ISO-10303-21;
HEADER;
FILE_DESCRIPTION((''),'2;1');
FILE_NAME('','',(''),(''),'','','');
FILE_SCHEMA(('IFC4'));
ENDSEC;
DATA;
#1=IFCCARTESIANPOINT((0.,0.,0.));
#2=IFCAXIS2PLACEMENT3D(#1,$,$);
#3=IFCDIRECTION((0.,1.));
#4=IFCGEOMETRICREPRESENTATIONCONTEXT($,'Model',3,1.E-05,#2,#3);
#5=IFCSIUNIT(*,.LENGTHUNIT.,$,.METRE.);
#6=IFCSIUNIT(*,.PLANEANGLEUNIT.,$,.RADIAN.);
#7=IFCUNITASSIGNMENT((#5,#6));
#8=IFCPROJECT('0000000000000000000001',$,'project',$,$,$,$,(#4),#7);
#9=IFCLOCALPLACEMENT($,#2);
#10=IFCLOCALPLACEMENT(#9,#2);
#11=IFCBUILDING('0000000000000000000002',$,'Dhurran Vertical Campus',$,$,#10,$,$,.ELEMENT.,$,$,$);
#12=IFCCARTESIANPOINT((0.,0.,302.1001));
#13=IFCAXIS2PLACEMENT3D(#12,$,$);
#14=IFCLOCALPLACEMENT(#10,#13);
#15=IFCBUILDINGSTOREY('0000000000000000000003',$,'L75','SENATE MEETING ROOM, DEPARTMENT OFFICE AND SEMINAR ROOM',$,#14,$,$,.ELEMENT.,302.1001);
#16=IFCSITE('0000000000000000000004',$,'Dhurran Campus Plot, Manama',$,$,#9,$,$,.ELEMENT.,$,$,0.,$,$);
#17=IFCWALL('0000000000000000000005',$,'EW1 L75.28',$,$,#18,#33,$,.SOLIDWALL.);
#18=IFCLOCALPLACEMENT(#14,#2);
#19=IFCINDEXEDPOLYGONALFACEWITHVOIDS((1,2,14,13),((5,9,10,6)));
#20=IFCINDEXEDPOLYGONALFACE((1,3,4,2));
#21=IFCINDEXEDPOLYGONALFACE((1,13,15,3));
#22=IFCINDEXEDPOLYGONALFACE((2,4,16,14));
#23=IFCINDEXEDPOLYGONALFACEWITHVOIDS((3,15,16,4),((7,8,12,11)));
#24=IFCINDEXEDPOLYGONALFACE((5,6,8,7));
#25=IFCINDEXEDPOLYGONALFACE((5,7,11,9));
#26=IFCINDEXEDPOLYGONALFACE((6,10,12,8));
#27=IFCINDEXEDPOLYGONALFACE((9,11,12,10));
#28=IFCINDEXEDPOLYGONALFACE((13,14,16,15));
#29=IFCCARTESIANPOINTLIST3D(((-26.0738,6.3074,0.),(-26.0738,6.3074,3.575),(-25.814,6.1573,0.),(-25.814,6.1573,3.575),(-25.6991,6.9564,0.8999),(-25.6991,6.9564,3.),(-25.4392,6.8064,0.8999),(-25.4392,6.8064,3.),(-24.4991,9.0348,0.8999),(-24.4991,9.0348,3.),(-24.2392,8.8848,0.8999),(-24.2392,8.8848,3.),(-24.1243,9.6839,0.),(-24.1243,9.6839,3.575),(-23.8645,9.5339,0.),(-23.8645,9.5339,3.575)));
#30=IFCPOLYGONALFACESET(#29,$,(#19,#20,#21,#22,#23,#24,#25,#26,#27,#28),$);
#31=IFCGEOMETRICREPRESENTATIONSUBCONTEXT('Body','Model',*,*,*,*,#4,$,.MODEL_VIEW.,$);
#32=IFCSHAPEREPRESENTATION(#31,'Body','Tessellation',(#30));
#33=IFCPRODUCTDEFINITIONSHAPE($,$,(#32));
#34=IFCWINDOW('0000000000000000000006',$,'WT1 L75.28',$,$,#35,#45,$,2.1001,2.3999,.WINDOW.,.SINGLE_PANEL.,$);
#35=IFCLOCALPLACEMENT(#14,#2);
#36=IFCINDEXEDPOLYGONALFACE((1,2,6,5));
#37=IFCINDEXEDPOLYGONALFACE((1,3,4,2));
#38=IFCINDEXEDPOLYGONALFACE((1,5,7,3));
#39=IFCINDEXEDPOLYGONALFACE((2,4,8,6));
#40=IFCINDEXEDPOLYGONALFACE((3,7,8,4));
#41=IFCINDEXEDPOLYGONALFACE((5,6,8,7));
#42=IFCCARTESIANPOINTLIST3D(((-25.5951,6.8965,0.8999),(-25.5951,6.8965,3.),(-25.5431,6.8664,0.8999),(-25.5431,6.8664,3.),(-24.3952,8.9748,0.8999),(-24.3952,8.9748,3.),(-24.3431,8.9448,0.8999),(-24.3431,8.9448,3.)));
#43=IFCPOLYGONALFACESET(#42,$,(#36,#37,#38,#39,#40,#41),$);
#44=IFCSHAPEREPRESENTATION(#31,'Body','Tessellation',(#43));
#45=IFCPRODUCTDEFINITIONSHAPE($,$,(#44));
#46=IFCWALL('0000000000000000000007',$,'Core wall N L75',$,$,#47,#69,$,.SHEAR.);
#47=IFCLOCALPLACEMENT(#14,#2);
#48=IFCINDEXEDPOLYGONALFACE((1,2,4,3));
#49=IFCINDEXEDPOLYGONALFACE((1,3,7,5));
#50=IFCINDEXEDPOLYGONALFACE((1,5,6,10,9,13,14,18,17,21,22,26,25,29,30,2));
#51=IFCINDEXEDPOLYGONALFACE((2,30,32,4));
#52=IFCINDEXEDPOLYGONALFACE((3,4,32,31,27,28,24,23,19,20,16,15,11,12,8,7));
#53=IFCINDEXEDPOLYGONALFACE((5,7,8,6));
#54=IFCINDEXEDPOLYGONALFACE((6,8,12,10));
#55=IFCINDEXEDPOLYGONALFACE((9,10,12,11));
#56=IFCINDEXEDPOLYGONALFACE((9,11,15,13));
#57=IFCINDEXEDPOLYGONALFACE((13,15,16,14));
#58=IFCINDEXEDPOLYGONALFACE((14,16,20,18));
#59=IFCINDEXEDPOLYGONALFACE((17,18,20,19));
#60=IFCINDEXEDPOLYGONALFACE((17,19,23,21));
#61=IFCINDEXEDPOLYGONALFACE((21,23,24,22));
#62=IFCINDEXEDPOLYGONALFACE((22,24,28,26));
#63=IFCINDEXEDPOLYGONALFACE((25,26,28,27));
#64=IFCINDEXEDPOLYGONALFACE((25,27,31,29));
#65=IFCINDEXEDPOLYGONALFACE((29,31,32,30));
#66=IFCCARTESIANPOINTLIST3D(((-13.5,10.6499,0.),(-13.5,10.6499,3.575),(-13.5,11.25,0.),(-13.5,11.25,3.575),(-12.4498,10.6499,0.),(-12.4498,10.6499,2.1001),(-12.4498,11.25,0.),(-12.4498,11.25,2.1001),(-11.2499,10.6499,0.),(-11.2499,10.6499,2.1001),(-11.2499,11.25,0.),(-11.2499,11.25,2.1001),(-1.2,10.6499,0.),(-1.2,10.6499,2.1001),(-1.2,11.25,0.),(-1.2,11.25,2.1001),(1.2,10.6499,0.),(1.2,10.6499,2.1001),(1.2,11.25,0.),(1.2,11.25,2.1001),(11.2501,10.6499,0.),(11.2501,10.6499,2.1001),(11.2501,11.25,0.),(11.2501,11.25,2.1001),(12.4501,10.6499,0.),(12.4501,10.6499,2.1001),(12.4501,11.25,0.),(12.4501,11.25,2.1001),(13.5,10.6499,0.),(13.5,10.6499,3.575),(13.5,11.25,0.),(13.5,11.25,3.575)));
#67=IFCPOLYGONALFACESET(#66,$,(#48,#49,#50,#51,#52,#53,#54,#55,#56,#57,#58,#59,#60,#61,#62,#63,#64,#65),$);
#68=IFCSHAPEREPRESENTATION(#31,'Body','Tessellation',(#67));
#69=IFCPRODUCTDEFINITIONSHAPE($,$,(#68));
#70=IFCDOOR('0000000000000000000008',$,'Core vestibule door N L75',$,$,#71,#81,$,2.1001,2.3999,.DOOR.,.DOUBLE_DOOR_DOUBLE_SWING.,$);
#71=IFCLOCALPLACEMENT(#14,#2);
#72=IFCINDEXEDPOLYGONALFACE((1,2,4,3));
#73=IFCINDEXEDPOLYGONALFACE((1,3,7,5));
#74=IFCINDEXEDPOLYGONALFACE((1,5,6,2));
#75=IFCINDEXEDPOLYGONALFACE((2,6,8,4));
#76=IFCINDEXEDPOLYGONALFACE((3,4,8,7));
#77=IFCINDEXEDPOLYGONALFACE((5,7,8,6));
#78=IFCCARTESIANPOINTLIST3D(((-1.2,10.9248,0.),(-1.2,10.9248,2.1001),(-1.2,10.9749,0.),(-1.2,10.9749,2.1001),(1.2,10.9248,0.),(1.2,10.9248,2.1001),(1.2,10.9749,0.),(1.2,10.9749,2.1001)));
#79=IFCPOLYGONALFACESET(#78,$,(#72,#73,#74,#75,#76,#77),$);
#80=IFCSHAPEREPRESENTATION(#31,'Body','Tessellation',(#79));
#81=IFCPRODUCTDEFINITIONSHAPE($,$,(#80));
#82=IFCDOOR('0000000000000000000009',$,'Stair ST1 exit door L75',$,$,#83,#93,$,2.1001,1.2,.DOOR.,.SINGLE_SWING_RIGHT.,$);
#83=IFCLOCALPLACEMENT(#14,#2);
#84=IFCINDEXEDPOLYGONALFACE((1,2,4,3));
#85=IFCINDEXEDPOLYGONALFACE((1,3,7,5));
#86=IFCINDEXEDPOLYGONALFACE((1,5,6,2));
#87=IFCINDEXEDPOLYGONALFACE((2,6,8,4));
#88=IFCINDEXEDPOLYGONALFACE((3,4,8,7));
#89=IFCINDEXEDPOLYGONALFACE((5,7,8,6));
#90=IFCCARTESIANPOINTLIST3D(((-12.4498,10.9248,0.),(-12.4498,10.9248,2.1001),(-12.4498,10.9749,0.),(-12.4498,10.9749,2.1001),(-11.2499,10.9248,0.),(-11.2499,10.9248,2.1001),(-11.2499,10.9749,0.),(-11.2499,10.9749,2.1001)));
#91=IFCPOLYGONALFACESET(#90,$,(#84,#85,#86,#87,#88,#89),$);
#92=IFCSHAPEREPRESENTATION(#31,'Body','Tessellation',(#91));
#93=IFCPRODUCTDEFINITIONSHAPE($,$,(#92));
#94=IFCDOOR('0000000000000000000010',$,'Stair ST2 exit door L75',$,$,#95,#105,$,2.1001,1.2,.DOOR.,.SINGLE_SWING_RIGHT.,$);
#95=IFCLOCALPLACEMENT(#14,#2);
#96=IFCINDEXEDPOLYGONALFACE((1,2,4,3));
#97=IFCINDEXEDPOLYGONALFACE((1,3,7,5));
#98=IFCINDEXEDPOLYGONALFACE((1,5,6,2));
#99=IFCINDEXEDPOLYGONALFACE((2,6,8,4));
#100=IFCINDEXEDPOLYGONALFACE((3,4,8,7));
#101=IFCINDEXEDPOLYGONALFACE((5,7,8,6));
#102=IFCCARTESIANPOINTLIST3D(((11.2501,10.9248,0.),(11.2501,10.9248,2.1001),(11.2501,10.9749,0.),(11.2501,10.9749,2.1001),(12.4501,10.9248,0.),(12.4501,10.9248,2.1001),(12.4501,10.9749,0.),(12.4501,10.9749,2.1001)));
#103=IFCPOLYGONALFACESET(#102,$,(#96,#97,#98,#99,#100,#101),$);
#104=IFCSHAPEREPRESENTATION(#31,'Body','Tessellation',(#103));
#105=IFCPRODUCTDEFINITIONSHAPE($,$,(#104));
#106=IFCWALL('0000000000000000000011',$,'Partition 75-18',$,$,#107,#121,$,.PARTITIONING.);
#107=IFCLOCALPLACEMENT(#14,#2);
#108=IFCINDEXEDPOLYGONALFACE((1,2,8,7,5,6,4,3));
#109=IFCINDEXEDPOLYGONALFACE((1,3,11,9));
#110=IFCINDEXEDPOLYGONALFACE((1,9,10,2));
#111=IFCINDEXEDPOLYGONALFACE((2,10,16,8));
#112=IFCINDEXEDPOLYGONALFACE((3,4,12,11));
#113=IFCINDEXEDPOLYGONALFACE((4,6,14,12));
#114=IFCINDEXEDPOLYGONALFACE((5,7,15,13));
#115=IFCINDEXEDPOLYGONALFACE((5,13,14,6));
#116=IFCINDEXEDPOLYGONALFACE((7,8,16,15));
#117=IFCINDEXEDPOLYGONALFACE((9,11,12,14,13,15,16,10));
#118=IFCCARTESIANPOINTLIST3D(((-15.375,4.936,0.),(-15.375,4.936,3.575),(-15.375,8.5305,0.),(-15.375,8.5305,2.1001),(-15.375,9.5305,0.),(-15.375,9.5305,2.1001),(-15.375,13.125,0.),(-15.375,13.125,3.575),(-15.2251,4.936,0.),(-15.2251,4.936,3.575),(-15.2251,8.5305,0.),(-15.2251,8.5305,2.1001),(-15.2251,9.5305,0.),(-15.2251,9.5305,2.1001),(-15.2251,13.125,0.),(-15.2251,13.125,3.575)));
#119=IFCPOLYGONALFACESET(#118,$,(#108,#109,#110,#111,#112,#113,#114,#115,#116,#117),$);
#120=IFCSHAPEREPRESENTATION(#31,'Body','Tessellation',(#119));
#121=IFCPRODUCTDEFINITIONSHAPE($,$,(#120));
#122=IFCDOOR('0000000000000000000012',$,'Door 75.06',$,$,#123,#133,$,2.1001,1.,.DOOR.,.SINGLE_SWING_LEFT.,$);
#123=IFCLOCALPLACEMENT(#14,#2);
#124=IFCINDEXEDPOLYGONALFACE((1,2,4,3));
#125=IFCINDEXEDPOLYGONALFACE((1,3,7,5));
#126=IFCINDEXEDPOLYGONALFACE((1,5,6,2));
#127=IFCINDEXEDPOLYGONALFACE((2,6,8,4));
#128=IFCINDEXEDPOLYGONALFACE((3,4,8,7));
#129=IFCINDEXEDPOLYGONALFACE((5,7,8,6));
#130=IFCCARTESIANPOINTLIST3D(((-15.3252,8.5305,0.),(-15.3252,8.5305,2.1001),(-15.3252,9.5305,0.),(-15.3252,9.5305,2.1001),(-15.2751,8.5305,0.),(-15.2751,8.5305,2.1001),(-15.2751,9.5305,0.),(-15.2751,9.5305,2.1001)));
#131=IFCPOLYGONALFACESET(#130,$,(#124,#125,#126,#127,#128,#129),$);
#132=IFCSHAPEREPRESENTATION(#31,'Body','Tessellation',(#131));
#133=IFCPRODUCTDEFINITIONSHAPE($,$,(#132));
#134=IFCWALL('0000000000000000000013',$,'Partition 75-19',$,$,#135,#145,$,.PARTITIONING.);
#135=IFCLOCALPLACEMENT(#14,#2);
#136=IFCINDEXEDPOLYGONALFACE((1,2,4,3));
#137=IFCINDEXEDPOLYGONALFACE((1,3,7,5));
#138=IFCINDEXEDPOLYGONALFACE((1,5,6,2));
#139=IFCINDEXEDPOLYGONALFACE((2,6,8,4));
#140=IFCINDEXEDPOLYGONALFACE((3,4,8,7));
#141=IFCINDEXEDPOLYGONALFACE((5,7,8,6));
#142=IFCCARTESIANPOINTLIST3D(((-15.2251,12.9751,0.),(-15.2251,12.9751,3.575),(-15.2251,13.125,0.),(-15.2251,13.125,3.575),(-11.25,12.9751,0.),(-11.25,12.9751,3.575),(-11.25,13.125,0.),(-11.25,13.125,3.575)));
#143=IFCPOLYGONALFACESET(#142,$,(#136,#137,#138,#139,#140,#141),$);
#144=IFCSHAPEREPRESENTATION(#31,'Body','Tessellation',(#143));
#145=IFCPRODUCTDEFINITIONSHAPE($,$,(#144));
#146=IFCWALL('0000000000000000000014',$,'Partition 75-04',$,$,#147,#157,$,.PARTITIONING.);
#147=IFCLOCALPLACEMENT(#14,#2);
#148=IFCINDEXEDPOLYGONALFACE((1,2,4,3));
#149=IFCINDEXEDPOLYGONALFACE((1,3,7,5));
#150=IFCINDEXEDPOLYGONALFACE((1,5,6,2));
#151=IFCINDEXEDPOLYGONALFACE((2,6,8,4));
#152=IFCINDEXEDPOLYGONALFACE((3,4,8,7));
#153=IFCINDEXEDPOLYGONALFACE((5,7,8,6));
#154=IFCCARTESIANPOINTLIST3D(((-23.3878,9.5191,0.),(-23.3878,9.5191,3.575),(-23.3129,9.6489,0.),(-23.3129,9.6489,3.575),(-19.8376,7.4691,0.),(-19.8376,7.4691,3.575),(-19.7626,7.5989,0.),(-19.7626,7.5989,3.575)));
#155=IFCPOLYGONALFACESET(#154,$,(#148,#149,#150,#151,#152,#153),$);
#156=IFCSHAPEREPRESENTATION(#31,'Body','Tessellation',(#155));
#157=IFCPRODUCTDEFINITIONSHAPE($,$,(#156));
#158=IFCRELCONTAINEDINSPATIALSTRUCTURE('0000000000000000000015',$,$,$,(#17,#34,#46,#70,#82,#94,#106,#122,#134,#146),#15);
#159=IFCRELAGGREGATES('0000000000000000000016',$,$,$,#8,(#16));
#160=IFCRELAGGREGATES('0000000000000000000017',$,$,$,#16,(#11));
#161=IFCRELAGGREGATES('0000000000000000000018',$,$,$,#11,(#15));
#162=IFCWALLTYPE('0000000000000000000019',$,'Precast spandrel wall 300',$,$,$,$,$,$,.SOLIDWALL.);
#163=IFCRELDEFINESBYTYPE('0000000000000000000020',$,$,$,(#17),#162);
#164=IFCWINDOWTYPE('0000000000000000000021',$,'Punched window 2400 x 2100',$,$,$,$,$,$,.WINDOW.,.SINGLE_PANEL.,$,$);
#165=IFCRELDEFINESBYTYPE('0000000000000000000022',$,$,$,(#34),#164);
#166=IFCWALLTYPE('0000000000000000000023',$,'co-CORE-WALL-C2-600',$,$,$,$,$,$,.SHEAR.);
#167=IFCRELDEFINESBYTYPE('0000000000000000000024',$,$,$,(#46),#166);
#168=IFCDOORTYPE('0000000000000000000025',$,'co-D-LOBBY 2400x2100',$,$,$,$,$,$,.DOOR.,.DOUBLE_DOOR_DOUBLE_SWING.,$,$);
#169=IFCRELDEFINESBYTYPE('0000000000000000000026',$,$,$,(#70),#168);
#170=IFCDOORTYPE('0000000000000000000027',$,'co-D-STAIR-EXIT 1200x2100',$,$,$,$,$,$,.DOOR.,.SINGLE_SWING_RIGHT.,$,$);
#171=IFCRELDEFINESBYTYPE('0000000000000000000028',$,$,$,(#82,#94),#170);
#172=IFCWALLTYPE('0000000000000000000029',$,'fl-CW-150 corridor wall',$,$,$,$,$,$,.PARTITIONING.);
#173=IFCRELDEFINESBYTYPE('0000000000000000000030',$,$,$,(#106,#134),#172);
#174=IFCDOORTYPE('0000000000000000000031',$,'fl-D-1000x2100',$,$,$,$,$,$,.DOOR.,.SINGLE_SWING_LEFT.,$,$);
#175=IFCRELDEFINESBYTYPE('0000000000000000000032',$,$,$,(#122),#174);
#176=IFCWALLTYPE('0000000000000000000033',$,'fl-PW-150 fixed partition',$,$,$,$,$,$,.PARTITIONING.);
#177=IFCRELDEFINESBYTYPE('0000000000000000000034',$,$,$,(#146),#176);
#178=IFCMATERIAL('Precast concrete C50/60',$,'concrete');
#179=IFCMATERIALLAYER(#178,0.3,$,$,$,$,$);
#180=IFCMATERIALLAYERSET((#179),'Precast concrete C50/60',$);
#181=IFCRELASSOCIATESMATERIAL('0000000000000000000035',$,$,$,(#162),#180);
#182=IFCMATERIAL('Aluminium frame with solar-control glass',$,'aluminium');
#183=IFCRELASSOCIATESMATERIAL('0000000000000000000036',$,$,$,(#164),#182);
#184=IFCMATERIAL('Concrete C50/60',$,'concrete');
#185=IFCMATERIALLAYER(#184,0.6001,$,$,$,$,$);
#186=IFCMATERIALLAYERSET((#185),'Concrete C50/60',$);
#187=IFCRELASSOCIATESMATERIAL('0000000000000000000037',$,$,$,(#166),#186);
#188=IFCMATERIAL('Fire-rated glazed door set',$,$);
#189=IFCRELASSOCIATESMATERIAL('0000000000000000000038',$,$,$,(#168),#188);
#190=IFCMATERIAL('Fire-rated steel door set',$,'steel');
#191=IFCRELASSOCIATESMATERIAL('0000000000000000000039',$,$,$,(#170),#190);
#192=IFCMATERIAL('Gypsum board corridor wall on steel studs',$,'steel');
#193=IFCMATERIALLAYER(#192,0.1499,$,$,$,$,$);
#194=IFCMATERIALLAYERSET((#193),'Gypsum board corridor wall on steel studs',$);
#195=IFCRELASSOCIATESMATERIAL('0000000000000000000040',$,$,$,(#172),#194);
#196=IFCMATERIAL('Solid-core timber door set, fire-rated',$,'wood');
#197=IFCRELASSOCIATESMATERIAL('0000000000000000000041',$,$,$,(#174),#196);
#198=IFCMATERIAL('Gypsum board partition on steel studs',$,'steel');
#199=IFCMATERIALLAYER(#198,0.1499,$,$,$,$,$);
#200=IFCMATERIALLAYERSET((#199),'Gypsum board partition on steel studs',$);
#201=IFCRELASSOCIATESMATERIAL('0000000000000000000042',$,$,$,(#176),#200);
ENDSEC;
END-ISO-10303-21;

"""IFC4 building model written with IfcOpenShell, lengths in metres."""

from ifc_helpers import new_model, si_unit, direction, frame, frame_2d, origin, place, context, subcontext, project, spatial, rectangle, extrude, material, layer, layer_set, type_object, element, fill, save


model = new_model("IFC4")

# Units and contexts
model_context = context("Model", 3, precision=1e-05, world=origin(), true_north=direction((0.0, 1.0)))
body_context = subcontext(model_context, "Body", "Model", "MODEL_VIEW")
ifc_project = project(units=[si_unit("LENGTHUNIT", "METRE"), si_unit("PLANEANGLEUNIT", "RADIAN")], contexts=[model_context])

# Site, building, storey
site_placement = place(None, origin())
site = spatial("IfcSite", under=ifc_project, at=site_placement, Name="Dhurran Campus Plot, Manama", CompositionType="ELEMENT", RefElevation=0.0)
building_placement = place(site_placement, origin())
building = spatial("IfcBuilding", under=site, at=building_placement, Name="Dhurran Vertical Campus", CompositionType="ELEMENT")
storey_placement = place(building_placement, frame((0.0, 0.0, 302.1001)))
storey = spatial("IfcBuildingStorey", under=building, at=storey_placement, Name="L75", Description="SENATE MEETING ROOM, DEPARTMENT OFFICE AND SEMINAR ROOM", CompositionType="ELEMENT", Elevation=302.1001)

# Wall, opening, window
ifc_material_1 = material(Name="Precast concrete C50/60", Category="concrete")
ifc_layer_1 = layer(ifc_material_1, 0.3)
ifc_layer_set_1 = layer_set([ifc_layer_1], Name="Precast concrete C50/60")
wall_type_1 = type_object("IfcWallType", Name="Precast spandrel wall 300", PredefinedType="SOLIDWALL", material=ifc_layer_set_1)
ifc_material_2 = material(Name="Aluminium frame with solar-control glass", Category="aluminium")
window_type = type_object("IfcWindowType", Name="Punched window 2400 x 2100", PartitioningType="SINGLE_PANEL", PredefinedType="WINDOW", material=ifc_material_2)
wall_1_placement = place(storey_placement, frame((-23.9944, 9.6089, 0.0), z_axis=(0.0, 0.0, 1.0), x_axis=(-0.500012, -0.866019, 0.0)))
wall_1 = element("IfcWall", 1, at=wall_1_placement, inside=storey, type_object=wall_type_1, Name="EW1 L75.28", PredefinedType="SOLIDWALL", context=body_context, shape_type="SweptSolid", body=[
    extrude(rectangle(XDim=3.8989, YDim=0.3, at=frame_2d((1.9495, 0.0))), origin(), (0.0, 0.0, 1.0), 3.575),
])
opening_1_placement = place(wall_1_placement, frame((0.7495, 0.0, 0.8999)))
opening_1 = element("IfcOpeningElement", 2, at=opening_1_placement, cuts=wall_1, PredefinedType="OPENING", context=body_context, shape_type="SweptSolid", body=[
    extrude(rectangle(XDim=2.3999, YDim=2.1001, at=frame_2d((1.2, 1.05))), frame((0.0, 0.1599, 0.0), z_axis=(0.0, -1.0, 0.0), x_axis=(1.0, 0.0, 0.0)), (0.0, 0.0, 1.0), 0.3201),
])
window_1_placement = place(opening_1_placement, origin())
window_1 = element("IfcWindow", 3, at=window_1_placement, inside=storey, type_object=window_type, Name="WT1 L75.28", OverallHeight=2.1001, OverallWidth=2.3999, PartitioningType="SINGLE_PANEL", PredefinedType="WINDOW", context=body_context, shape_type="SweptSolid", body=[
    extrude(rectangle(XDim=2.3999, YDim=2.1001, at=frame_2d((1.2, 1.05))), frame((0.0, 0.03, 0.0), z_axis=(0.0, -1.0, 0.0), x_axis=(1.0, 0.0, 0.0)), (0.0, 0.0, 1.0), 0.0601),
])
fill(opening_1, window_1)

# Wall, openings, doors
ifc_material_3 = material(Name="Concrete C50/60", Category="concrete")
ifc_layer_2 = layer(ifc_material_3, 0.6001)
ifc_layer_set_2 = layer_set([ifc_layer_2], Name="Concrete C50/60")
wall_type_2 = type_object("IfcWallType", Name="co-CORE-WALL-C2-600", PredefinedType="SHEAR", material=ifc_layer_set_2)
wall_2_placement = place(storey_placement, frame((-13.5, 10.95, 0.0), z_axis=(0.0, 0.0, 1.0), x_axis=(1.0, 0.0, 0.0)))
wall_2 = element("IfcWall", 4, at=wall_2_placement, inside=storey, type_object=wall_type_2, Name="Core wall N L75", PredefinedType="SHEAR", context=body_context, shape_type="SweptSolid", body=[
    extrude(rectangle(XDim=27.0, YDim=0.6001, at=frame_2d((13.5, 0.0))), origin(), (0.0, 0.0, 1.0), 3.575),
])
opening_2_placement = place(wall_2_placement, frame((12.3, 0.0, 0.0)))
opening_2 = element("IfcOpeningElement", 5, at=opening_2_placement, cuts=wall_2, PredefinedType="OPENING", context=body_context, shape_type="SweptSolid", body=[
    extrude(rectangle(XDim=2.3999, YDim=2.1001, at=frame_2d((1.2, 1.05))), frame((0.0, 0.3101, 0.0), z_axis=(0.0, -1.0, 0.0), x_axis=(1.0, 0.0, 0.0)), (0.0, 0.0, 1.0), 0.6201),
])
opening_3_placement = place(wall_2_placement, frame((1.05, 0.0, 0.0)))
opening_3 = element("IfcOpeningElement", 6, at=opening_3_placement, cuts=wall_2, PredefinedType="OPENING", context=body_context, shape_type="SweptSolid", body=[
    extrude(rectangle(XDim=1.2, YDim=2.1001, at=frame_2d((0.6001, 1.05))), frame((0.0, 0.3101, 0.0), z_axis=(0.0, -1.0, 0.0), x_axis=(1.0, 0.0, 0.0)), (0.0, 0.0, 1.0), 0.6201),
])
opening_4_placement = place(wall_2_placement, frame((24.75, 0.0, 0.0)))
opening_4 = element("IfcOpeningElement", 7, at=opening_4_placement, cuts=wall_2, PredefinedType="OPENING", context=body_context, shape_type="SweptSolid", body=[
    extrude(rectangle(XDim=1.2, YDim=2.1001, at=frame_2d((0.6001, 1.05))), frame((0.0, 0.3101, 0.0), z_axis=(0.0, -1.0, 0.0), x_axis=(1.0, 0.0, 0.0)), (0.0, 0.0, 1.0), 0.6201),
])
ifc_material_4 = material(Name="Fire-rated glazed door set")
door_type_1 = type_object("IfcDoorType", Name="co-D-LOBBY 2400x2100", OperationType="DOUBLE_DOOR_DOUBLE_SWING", PredefinedType="DOOR", material=ifc_material_4)
door_1_placement = place(opening_2_placement, origin())
door_1 = element("IfcDoor", 8, at=door_1_placement, inside=storey, type_object=door_type_1, Name="Core vestibule door N L75", OperationType="DOUBLE_DOOR_DOUBLE_SWING", OverallHeight=2.1001, OverallWidth=2.3999, PredefinedType="DOOR", context=body_context, shape_type="SweptSolid", body=[
    extrude(rectangle(XDim=2.3999, YDim=2.1001, at=frame_2d((1.2, 1.05))), frame((0.0, 0.0249, 0.0), z_axis=(0.0, -1.0, 0.0), x_axis=(1.0, 0.0, 0.0)), (0.0, 0.0, 1.0), 0.05),
])
fill(opening_2, door_1)
ifc_material_5 = material(Name="Fire-rated steel door set", Category="steel")
door_type_2 = type_object("IfcDoorType", Name="co-D-STAIR-EXIT 1200x2100", OperationType="SINGLE_SWING_RIGHT", PredefinedType="DOOR", material=ifc_material_5)
door_2_placement = place(opening_3_placement, origin())
door_2 = element("IfcDoor", 9, at=door_2_placement, inside=storey, type_object=door_type_2, Name="Stair ST1 exit door L75", OperationType="SINGLE_SWING_RIGHT", OverallHeight=2.1001, OverallWidth=1.2, PredefinedType="DOOR", context=body_context, shape_type="SweptSolid", body=[
    extrude(rectangle(XDim=1.2, YDim=2.1001, at=frame_2d((0.6001, 1.05))), frame((0.0, 0.0249, 0.0), z_axis=(0.0, -1.0, 0.0), x_axis=(1.0, 0.0, 0.0)), (0.0, 0.0, 1.0), 0.05),
])
fill(opening_3, door_2)
door_3_placement = place(opening_4_placement, origin())
door_3 = element("IfcDoor", 10, at=door_3_placement, inside=storey, type_object=door_type_2, Name="Stair ST2 exit door L75", OperationType="SINGLE_SWING_RIGHT", OverallHeight=2.1001, OverallWidth=1.2, PredefinedType="DOOR", context=body_context, shape_type="SweptSolid", body=[
    extrude(rectangle(XDim=1.2, YDim=2.1001, at=frame_2d((0.6001, 1.05))), frame((0.0, 0.0249, 0.0), z_axis=(0.0, -1.0, 0.0), x_axis=(1.0, 0.0, 0.0)), (0.0, 0.0, 1.0), 0.05),
])
fill(opening_4, door_3)

# Wall, opening, door
ifc_material_6 = material(Name="Gypsum board corridor wall on steel studs", Category="steel")
ifc_layer_3 = layer(ifc_material_6, 0.1499)
ifc_layer_set_3 = layer_set([ifc_layer_3], Name="Gypsum board corridor wall on steel studs")
wall_type_3 = type_object("IfcWallType", Name="fl-CW-150 corridor wall", PredefinedType="PARTITIONING", material=ifc_layer_set_3)
wall_3_placement = place(storey_placement, frame((-15.3, 13.125, 0.0), z_axis=(0.0, 0.0, 1.0), x_axis=(0.0, -1.0, 0.0)))
wall_3 = element("IfcWall", 11, at=wall_3_placement, inside=storey, type_object=wall_type_3, Name="Partition 75-18", PredefinedType="PARTITIONING", context=body_context, shape_type="SweptSolid", body=[
    extrude(rectangle(XDim=8.189, YDim=0.1499, at=frame_2d((4.0945, 0.0))), origin(), (0.0, 0.0, 1.0), 3.575),
])
opening_5_placement = place(wall_3_placement, frame((3.5945, 0.0, 0.0)))
opening_5 = element("IfcOpeningElement", 12, at=opening_5_placement, cuts=wall_3, PredefinedType="OPENING", context=body_context, shape_type="SweptSolid", body=[
    extrude(rectangle(XDim=1.0, YDim=2.1001, at=frame_2d((0.5, 1.05))), frame((0.0, 0.085, 0.0), z_axis=(0.0, -1.0, 0.0), x_axis=(1.0, 0.0, 0.0)), (0.0, 0.0, 1.0), 0.1699),
])
ifc_material_7 = material(Name="Solid-core timber door set, fire-rated", Category="wood")
door_type_3 = type_object("IfcDoorType", Name="fl-D-1000x2100", OperationType="SINGLE_SWING_LEFT", PredefinedType="DOOR", material=ifc_material_7)
door_4_placement = place(opening_5_placement, origin())
door_4 = element("IfcDoor", 13, at=door_4_placement, inside=storey, type_object=door_type_3, Name="Door 75.06", OperationType="SINGLE_SWING_LEFT", OverallHeight=2.1001, OverallWidth=1.0, PredefinedType="DOOR", context=body_context, shape_type="SweptSolid", body=[
    extrude(rectangle(XDim=1.0, YDim=2.1001, at=frame_2d((0.5, 1.05))), frame((0.0, 0.0249, 0.0), z_axis=(0.0, -1.0, 0.0), x_axis=(1.0, 0.0, 0.0)), (0.0, 0.0, 1.0), 0.05),
])
fill(opening_5, door_4)

# Walls
wall_4_placement = place(storey_placement, frame((-11.25, 13.05, 0.0), z_axis=(0.0, 0.0, 1.0), x_axis=(-1.0, 0.0, 0.0)))
element("IfcWall", 14, at=wall_4_placement, inside=storey, type_object=wall_type_3, Name="Partition 75-19", PredefinedType="PARTITIONING", context=body_context, shape_type="SweptSolid", body=[
    extrude(rectangle(XDim=3.9751, YDim=0.1499, at=frame_2d((1.9875, 0.0))), origin(), (0.0, 0.0, 1.0), 3.575),
])
ifc_material_8 = material(Name="Gypsum board partition on steel studs", Category="steel")
ifc_layer_4 = layer(ifc_material_8, 0.1499)
ifc_layer_set_4 = layer_set([ifc_layer_4], Name="Gypsum board partition on steel studs")
wall_type_4 = type_object("IfcWallType", Name="fl-PW-150 fixed partition", PredefinedType="PARTITIONING", material=ifc_layer_set_4)
wall_5_placement = place(storey_placement, frame((-23.3503, 9.584, 0.0), z_axis=(0.0, 0.0, 1.0), x_axis=(0.865995, -0.500052, 0.0)))
element("IfcWall", 15, at=wall_5_placement, inside=storey, type_object=wall_type_4, Name="Partition 75-04", PredefinedType="PARTITIONING", context=body_context, shape_type="SweptSolid", body=[
    extrude(rectangle(XDim=4.0996, YDim=0.1499, at=frame_2d((2.0498, 0.0))), origin(), (0.0, 0.0, 1.0), 3.575),
])

save(model, "model.ifc")
